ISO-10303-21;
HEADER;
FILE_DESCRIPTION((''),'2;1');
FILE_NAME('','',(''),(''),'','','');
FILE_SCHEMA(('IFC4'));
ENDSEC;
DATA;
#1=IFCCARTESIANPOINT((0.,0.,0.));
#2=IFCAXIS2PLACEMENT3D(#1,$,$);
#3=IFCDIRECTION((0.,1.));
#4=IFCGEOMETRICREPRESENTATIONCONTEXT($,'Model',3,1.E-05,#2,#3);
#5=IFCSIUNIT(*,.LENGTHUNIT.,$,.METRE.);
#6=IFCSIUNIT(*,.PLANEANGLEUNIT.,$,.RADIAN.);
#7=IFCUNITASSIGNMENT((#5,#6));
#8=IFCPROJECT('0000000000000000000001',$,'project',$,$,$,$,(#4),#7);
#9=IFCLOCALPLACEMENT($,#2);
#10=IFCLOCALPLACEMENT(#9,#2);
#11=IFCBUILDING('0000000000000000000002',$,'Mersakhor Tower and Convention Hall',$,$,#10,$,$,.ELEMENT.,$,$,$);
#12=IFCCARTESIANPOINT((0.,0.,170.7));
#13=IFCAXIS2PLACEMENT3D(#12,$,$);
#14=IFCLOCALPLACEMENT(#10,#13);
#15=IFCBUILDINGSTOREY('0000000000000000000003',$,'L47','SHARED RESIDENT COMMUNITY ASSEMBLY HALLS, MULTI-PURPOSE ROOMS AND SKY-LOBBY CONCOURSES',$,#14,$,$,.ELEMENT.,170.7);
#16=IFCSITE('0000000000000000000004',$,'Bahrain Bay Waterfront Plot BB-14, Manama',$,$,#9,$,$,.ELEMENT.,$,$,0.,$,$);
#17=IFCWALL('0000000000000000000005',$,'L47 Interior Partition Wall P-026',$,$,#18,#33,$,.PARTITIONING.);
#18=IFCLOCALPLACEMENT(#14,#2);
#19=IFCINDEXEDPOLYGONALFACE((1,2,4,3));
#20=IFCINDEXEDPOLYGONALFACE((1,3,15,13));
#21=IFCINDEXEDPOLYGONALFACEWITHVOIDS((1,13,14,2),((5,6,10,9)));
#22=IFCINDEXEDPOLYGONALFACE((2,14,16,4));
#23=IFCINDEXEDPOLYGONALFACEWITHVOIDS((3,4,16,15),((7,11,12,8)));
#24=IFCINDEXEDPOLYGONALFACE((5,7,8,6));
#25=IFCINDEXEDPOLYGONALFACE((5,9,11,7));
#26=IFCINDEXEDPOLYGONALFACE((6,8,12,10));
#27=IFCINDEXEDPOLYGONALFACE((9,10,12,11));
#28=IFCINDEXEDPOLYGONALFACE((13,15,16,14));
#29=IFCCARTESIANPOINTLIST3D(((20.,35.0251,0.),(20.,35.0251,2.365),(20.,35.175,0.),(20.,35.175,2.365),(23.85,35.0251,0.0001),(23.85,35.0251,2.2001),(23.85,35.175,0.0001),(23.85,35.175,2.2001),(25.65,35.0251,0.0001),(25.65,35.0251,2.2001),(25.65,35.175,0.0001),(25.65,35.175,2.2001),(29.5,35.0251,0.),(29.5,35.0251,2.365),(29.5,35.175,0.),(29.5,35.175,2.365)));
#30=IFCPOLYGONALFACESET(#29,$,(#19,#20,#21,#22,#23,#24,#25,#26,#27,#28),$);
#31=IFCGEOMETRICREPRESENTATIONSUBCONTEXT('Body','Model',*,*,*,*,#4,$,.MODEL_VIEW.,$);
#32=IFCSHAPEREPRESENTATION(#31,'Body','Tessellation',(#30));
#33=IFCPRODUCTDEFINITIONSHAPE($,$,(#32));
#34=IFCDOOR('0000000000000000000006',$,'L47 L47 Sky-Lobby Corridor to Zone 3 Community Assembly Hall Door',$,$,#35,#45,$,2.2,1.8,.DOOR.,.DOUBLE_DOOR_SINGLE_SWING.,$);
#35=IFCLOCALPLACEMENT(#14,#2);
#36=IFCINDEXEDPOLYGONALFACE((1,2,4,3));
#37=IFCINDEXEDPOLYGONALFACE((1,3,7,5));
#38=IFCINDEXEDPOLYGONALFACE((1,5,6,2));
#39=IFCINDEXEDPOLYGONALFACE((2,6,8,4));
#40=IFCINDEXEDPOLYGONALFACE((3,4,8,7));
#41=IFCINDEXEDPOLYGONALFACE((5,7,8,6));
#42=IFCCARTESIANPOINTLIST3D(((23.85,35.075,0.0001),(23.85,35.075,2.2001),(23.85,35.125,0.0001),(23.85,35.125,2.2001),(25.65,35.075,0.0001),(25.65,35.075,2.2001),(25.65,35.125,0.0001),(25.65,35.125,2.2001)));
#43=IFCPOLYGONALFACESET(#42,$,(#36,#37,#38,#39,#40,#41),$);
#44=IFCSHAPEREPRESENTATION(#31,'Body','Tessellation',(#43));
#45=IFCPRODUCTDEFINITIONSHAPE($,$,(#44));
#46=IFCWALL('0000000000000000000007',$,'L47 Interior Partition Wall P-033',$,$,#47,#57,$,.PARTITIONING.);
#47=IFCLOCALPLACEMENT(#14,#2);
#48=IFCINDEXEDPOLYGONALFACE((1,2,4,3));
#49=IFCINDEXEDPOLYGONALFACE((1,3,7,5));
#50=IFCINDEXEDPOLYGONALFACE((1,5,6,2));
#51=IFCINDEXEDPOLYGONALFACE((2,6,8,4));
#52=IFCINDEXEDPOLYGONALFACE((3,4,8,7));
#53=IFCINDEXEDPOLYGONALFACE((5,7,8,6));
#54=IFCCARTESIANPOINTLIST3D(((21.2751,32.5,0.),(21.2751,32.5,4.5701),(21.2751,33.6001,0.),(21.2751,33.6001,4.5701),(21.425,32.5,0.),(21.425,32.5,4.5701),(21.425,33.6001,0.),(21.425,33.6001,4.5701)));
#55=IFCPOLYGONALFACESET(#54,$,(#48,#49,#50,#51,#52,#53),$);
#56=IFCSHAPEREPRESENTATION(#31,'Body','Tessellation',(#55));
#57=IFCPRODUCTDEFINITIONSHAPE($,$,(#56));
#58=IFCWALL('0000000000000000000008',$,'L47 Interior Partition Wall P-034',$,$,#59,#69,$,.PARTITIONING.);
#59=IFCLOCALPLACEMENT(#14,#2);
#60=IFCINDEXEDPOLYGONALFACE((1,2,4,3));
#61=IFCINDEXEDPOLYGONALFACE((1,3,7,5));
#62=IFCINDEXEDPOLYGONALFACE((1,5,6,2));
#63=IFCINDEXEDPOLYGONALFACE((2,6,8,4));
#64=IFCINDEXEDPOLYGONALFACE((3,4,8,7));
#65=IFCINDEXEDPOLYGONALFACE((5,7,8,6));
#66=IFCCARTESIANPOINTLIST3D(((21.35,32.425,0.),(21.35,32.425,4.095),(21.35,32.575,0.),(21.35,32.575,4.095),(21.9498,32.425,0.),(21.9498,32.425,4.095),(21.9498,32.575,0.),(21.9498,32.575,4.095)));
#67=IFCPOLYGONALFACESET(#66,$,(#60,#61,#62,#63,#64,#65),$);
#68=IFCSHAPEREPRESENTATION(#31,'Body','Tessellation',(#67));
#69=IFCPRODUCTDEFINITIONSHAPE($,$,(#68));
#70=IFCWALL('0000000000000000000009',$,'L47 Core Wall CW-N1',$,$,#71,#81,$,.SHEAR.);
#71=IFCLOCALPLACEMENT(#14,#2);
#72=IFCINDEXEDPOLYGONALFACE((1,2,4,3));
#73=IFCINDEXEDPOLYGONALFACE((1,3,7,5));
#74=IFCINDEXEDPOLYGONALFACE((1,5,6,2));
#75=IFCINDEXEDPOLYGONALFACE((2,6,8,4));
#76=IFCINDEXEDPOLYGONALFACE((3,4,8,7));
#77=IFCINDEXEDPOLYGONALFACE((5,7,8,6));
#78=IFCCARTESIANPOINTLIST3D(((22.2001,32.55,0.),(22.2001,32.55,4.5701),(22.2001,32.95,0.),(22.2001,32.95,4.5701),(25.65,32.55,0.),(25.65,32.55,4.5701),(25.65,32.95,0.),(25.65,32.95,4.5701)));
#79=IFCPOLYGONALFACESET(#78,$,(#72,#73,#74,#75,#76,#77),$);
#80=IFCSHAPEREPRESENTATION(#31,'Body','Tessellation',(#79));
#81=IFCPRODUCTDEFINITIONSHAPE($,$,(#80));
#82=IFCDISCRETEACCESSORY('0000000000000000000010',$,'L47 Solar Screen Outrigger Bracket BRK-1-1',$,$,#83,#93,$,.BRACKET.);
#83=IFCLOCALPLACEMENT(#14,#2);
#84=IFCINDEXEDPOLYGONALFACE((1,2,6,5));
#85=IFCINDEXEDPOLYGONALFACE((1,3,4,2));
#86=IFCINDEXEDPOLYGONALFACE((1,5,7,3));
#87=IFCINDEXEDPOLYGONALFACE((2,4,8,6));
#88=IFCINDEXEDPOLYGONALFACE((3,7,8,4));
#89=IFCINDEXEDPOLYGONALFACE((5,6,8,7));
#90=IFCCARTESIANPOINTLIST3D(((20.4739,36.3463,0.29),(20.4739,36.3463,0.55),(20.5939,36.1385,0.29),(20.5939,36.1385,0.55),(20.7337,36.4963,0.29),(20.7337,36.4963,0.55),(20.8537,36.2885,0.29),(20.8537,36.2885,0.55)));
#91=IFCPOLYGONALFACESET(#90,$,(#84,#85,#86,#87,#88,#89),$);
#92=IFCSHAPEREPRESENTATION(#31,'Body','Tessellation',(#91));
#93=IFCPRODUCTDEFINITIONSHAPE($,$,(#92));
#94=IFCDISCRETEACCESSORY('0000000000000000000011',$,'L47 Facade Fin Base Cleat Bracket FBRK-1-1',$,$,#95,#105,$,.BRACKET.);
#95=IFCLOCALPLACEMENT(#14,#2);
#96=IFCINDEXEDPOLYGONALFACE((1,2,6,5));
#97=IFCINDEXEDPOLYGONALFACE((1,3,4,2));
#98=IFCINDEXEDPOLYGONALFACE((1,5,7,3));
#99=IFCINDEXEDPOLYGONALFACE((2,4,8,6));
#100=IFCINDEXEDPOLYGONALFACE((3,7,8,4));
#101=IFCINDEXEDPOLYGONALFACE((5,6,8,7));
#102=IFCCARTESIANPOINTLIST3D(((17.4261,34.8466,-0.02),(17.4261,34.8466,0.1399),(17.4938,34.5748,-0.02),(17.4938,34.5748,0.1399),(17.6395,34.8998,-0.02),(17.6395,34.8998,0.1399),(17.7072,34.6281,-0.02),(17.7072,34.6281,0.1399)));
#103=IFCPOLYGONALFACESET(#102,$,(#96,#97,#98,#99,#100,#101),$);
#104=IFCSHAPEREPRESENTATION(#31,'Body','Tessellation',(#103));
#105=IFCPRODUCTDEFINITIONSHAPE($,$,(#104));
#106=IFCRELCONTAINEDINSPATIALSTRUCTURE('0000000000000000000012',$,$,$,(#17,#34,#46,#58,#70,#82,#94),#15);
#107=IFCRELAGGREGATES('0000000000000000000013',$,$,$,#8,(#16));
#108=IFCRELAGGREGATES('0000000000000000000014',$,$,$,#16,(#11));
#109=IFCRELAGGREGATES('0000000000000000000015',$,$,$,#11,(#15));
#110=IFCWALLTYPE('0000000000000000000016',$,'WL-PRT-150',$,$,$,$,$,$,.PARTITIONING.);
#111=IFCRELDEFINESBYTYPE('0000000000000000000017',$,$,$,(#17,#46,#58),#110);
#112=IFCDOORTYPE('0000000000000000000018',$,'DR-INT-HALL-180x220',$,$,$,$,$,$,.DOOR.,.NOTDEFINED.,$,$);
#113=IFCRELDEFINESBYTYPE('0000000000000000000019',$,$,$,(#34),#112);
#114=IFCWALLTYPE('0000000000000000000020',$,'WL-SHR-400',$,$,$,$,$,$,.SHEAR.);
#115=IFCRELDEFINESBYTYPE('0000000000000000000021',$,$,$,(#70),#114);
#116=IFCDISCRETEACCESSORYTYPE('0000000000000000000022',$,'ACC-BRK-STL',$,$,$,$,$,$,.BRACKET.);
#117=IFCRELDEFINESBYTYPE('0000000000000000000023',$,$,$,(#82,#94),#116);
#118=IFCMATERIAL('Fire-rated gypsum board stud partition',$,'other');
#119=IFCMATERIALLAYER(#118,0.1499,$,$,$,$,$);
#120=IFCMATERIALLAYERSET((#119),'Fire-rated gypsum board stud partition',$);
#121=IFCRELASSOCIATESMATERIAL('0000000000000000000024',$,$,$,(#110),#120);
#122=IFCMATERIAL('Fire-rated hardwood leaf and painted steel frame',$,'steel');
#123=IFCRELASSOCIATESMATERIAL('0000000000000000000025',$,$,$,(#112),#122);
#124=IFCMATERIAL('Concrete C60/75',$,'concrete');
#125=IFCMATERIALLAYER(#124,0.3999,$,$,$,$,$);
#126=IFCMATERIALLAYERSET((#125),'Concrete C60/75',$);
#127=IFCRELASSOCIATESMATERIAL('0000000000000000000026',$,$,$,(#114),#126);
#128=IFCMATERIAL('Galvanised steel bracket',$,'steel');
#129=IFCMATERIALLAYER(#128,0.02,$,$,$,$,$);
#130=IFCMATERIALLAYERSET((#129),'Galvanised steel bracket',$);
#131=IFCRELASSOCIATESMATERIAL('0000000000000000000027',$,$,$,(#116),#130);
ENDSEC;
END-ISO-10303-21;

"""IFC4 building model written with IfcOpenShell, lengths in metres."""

from ifc_helpers import new_model, si_unit, direction, frame, frame_2d, origin, origin_2d, place, context, subcontext, project, spatial, rectangle, extrude, material, layer, layer_set, type_object, element, fill, save


model = new_model("IFC4")

# Units and contexts
model_context = context("Model", 3, precision=1e-05, world=origin(), true_north=direction((0.0, 1.0)))
body_context = subcontext(model_context, "Body", "Model", "MODEL_VIEW")
ifc_project = project(units=[si_unit("LENGTHUNIT", "METRE"), si_unit("PLANEANGLEUNIT", "RADIAN")], contexts=[model_context])

# Site, building, storey
site_placement = place(None, origin())
site = spatial("IfcSite", under=ifc_project, at=site_placement, Name="Bahrain Bay Waterfront Plot BB-14, Manama", CompositionType="ELEMENT", RefElevation=0.0)
building_placement = place(site_placement, origin())
building = spatial("IfcBuilding", under=site, at=building_placement, Name="Mersakhor Tower and Convention Hall", CompositionType="ELEMENT")
storey_placement = place(building_placement, frame((0.0, 0.0, 170.7)))
storey = spatial("IfcBuildingStorey", under=building, at=storey_placement, Name="L47", Description="SHARED RESIDENT COMMUNITY ASSEMBLY HALLS, MULTI-PURPOSE ROOMS AND SKY-LOBBY CONCOURSES", CompositionType="ELEMENT", Elevation=170.7)

# Wall, opening, door
ifc_material_1 = material(Name="Fire-rated gypsum board stud partition", Category="other")
ifc_layer_1 = layer(ifc_material_1, 0.1499)
ifc_layer_set_1 = layer_set([ifc_layer_1], Name="Fire-rated gypsum board stud partition")
wall_type_1 = type_object("IfcWallType", Name="WL-PRT-150", PredefinedType="PARTITIONING", material=ifc_layer_set_1)
wall_1_placement = place(storey_placement, frame((20.0, 35.1001, 0.0), z_axis=(0.0, 0.0, 1.0), x_axis=(1.0, 0.0, 0.0)))
wall_1 = element("IfcWall", 1, at=wall_1_placement, inside=storey, type_object=wall_type_1, Name="L47 Interior Partition Wall P-026", PredefinedType="PARTITIONING", context=body_context, shape_type="SweptSolid", body=[
    extrude(rectangle(XDim=9.5, YDim=0.1499, at=frame_2d((4.75, 0.0))), origin(), (0.0, 0.0, 1.0), 2.365),
])
opening_1_placement = place(wall_1_placement, frame((3.8501, 0.0, 0.0)))
opening_1 = element("IfcOpeningElement", 2, at=opening_1_placement, cuts=wall_1, PredefinedType="OPENING", context=body_context, shape_type="SweptSolid", body=[
    extrude(rectangle(XDim=1.8, YDim=2.2, at=frame_2d((0.8999, 1.1001))), frame((0.0, 0.085, 0.0), z_axis=(0.0, -1.0, 0.0), x_axis=(1.0, 0.0, 0.0)), (0.0, 0.0, 1.0), 0.1699),
])
ifc_material_2 = material(Name="Fire-rated hardwood leaf and painted steel frame", Category="steel")
door_type_1 = type_object("IfcDoorType", Name="DR-INT-HALL-180x220", OperationType="NOTDEFINED", PredefinedType="DOOR", material=ifc_material_2)
door_1_placement = place(opening_1_placement, origin())
door_1 = element("IfcDoor", 3, at=door_1_placement, inside=storey, type_object=door_type_1, Name="L47 L47 Sky-Lobby Corridor to Zone 3 Community Assembly Hall Door", OperationType="DOUBLE_DOOR_SINGLE_SWING", OverallHeight=2.2, OverallWidth=1.8, PredefinedType="DOOR", context=body_context, shape_type="SweptSolid", body=[
    extrude(rectangle(XDim=1.8, YDim=2.2, at=frame_2d((0.8999, 1.1001))), frame((0.0, 0.0249, 0.0), z_axis=(0.0, -1.0, 0.0), x_axis=(1.0, 0.0, 0.0)), (0.0, 0.0, 1.0), 0.05),
])
fill(opening_1, door_1)

# Walls
wall_2_placement = place(storey_placement, frame((21.3501, 33.6001, 0.0), z_axis=(0.0, 0.0, 1.0), x_axis=(0.0, -1.0, 0.0)))
element("IfcWall", 4, at=wall_2_placement, inside=storey, type_object=wall_type_1, Name="L47 Interior Partition Wall P-033", PredefinedType="PARTITIONING", context=body_context, shape_type="SweptSolid", body=[
    extrude(rectangle(XDim=1.1001, YDim=0.1499, at=frame_2d((0.55, 0.0))), origin(), (0.0, 0.0, 1.0), 4.5701),
])
wall_3_placement = place(storey_placement, frame((21.3501, 32.5, 0.0), z_axis=(0.0, 0.0, 1.0), x_axis=(1.0, 0.0, 0.0)))
element("IfcWall", 5, at=wall_3_placement, inside=storey, type_object=wall_type_1, Name="L47 Interior Partition Wall P-034", PredefinedType="PARTITIONING", context=body_context, shape_type="SweptSolid", body=[
    extrude(rectangle(XDim=0.5999, YDim=0.1499, at=frame_2d((0.2998, 0.0))), origin(), (0.0, 0.0, 1.0), 4.095),
])
ifc_material_3 = material(Name="Concrete C60/75", Category="concrete")
ifc_layer_2 = layer(ifc_material_3, 0.3999)
ifc_layer_set_2 = layer_set([ifc_layer_2], Name="Concrete C60/75")
wall_type_2 = type_object("IfcWallType", Name="WL-SHR-400", PredefinedType="SHEAR", material=ifc_layer_set_2)
wall_4_placement = place(storey_placement, frame((22.2, 32.75, 0.0), z_axis=(0.0, 0.0, 1.0), x_axis=(1.0, 0.0, 0.0)))
element("IfcWall", 6, at=wall_4_placement, inside=storey, type_object=wall_type_2, Name="L47 Core Wall CW-N1", PredefinedType="SHEAR", context=body_context, shape_type="SweptSolid", body=[
    extrude(rectangle(XDim=3.45, YDim=0.3999, at=frame_2d((1.7251, 0.0))), origin(), (0.0, 0.0, 1.0), 4.5701),
])

# Discrete accessories
ifc_material_4 = material(Name="Galvanised steel bracket", Category="steel")
ifc_layer_3 = layer(ifc_material_4, 0.02)
ifc_layer_set_3 = layer_set([ifc_layer_3], Name="Galvanised steel bracket")
discrete_accessory_type = type_object("IfcDiscreteAccessoryType", Name="ACC-BRK-STL", PredefinedType="BRACKET", material=ifc_layer_set_3)
discrete_accessory_1_placement = place(storey_placement, frame((20.6638, 36.3174, 0.29), z_axis=(0.0, 0.0, 1.0), x_axis=(0.866025, 0.5, 0.0)))
element("IfcDiscreteAccessory", 7, at=discrete_accessory_1_placement, inside=storey, type_object=discrete_accessory_type, Name="L47 Solar Screen Outrigger Bracket BRK-1-1", PredefinedType="BRACKET", context=body_context, shape_type="SweptSolid", body=[
    extrude(rectangle(XDim=0.3, YDim=0.24, at=origin_2d()), origin(), (0.0, 0.0, 1.0), 0.26),
])
discrete_accessory_2_placement = place(storey_placement, frame((17.5667, 34.7373, -0.02), z_axis=(0.0, 0.0, 1.0), x_axis=(-0.241922, 0.970296, 0.0)))
element("IfcDiscreteAccessory", 8, at=discrete_accessory_2_placement, inside=storey, type_object=discrete_accessory_type, Name="L47 Facade Fin Base Cleat Bracket FBRK-1-1", PredefinedType="BRACKET", context=body_context, shape_type="SweptSolid", body=[
    extrude(rectangle(XDim=0.28, YDim=0.22, at=origin_2d()), origin(), (0.0, 0.0, 1.0), 0.1599),
])

save(model, "model.ifc")
